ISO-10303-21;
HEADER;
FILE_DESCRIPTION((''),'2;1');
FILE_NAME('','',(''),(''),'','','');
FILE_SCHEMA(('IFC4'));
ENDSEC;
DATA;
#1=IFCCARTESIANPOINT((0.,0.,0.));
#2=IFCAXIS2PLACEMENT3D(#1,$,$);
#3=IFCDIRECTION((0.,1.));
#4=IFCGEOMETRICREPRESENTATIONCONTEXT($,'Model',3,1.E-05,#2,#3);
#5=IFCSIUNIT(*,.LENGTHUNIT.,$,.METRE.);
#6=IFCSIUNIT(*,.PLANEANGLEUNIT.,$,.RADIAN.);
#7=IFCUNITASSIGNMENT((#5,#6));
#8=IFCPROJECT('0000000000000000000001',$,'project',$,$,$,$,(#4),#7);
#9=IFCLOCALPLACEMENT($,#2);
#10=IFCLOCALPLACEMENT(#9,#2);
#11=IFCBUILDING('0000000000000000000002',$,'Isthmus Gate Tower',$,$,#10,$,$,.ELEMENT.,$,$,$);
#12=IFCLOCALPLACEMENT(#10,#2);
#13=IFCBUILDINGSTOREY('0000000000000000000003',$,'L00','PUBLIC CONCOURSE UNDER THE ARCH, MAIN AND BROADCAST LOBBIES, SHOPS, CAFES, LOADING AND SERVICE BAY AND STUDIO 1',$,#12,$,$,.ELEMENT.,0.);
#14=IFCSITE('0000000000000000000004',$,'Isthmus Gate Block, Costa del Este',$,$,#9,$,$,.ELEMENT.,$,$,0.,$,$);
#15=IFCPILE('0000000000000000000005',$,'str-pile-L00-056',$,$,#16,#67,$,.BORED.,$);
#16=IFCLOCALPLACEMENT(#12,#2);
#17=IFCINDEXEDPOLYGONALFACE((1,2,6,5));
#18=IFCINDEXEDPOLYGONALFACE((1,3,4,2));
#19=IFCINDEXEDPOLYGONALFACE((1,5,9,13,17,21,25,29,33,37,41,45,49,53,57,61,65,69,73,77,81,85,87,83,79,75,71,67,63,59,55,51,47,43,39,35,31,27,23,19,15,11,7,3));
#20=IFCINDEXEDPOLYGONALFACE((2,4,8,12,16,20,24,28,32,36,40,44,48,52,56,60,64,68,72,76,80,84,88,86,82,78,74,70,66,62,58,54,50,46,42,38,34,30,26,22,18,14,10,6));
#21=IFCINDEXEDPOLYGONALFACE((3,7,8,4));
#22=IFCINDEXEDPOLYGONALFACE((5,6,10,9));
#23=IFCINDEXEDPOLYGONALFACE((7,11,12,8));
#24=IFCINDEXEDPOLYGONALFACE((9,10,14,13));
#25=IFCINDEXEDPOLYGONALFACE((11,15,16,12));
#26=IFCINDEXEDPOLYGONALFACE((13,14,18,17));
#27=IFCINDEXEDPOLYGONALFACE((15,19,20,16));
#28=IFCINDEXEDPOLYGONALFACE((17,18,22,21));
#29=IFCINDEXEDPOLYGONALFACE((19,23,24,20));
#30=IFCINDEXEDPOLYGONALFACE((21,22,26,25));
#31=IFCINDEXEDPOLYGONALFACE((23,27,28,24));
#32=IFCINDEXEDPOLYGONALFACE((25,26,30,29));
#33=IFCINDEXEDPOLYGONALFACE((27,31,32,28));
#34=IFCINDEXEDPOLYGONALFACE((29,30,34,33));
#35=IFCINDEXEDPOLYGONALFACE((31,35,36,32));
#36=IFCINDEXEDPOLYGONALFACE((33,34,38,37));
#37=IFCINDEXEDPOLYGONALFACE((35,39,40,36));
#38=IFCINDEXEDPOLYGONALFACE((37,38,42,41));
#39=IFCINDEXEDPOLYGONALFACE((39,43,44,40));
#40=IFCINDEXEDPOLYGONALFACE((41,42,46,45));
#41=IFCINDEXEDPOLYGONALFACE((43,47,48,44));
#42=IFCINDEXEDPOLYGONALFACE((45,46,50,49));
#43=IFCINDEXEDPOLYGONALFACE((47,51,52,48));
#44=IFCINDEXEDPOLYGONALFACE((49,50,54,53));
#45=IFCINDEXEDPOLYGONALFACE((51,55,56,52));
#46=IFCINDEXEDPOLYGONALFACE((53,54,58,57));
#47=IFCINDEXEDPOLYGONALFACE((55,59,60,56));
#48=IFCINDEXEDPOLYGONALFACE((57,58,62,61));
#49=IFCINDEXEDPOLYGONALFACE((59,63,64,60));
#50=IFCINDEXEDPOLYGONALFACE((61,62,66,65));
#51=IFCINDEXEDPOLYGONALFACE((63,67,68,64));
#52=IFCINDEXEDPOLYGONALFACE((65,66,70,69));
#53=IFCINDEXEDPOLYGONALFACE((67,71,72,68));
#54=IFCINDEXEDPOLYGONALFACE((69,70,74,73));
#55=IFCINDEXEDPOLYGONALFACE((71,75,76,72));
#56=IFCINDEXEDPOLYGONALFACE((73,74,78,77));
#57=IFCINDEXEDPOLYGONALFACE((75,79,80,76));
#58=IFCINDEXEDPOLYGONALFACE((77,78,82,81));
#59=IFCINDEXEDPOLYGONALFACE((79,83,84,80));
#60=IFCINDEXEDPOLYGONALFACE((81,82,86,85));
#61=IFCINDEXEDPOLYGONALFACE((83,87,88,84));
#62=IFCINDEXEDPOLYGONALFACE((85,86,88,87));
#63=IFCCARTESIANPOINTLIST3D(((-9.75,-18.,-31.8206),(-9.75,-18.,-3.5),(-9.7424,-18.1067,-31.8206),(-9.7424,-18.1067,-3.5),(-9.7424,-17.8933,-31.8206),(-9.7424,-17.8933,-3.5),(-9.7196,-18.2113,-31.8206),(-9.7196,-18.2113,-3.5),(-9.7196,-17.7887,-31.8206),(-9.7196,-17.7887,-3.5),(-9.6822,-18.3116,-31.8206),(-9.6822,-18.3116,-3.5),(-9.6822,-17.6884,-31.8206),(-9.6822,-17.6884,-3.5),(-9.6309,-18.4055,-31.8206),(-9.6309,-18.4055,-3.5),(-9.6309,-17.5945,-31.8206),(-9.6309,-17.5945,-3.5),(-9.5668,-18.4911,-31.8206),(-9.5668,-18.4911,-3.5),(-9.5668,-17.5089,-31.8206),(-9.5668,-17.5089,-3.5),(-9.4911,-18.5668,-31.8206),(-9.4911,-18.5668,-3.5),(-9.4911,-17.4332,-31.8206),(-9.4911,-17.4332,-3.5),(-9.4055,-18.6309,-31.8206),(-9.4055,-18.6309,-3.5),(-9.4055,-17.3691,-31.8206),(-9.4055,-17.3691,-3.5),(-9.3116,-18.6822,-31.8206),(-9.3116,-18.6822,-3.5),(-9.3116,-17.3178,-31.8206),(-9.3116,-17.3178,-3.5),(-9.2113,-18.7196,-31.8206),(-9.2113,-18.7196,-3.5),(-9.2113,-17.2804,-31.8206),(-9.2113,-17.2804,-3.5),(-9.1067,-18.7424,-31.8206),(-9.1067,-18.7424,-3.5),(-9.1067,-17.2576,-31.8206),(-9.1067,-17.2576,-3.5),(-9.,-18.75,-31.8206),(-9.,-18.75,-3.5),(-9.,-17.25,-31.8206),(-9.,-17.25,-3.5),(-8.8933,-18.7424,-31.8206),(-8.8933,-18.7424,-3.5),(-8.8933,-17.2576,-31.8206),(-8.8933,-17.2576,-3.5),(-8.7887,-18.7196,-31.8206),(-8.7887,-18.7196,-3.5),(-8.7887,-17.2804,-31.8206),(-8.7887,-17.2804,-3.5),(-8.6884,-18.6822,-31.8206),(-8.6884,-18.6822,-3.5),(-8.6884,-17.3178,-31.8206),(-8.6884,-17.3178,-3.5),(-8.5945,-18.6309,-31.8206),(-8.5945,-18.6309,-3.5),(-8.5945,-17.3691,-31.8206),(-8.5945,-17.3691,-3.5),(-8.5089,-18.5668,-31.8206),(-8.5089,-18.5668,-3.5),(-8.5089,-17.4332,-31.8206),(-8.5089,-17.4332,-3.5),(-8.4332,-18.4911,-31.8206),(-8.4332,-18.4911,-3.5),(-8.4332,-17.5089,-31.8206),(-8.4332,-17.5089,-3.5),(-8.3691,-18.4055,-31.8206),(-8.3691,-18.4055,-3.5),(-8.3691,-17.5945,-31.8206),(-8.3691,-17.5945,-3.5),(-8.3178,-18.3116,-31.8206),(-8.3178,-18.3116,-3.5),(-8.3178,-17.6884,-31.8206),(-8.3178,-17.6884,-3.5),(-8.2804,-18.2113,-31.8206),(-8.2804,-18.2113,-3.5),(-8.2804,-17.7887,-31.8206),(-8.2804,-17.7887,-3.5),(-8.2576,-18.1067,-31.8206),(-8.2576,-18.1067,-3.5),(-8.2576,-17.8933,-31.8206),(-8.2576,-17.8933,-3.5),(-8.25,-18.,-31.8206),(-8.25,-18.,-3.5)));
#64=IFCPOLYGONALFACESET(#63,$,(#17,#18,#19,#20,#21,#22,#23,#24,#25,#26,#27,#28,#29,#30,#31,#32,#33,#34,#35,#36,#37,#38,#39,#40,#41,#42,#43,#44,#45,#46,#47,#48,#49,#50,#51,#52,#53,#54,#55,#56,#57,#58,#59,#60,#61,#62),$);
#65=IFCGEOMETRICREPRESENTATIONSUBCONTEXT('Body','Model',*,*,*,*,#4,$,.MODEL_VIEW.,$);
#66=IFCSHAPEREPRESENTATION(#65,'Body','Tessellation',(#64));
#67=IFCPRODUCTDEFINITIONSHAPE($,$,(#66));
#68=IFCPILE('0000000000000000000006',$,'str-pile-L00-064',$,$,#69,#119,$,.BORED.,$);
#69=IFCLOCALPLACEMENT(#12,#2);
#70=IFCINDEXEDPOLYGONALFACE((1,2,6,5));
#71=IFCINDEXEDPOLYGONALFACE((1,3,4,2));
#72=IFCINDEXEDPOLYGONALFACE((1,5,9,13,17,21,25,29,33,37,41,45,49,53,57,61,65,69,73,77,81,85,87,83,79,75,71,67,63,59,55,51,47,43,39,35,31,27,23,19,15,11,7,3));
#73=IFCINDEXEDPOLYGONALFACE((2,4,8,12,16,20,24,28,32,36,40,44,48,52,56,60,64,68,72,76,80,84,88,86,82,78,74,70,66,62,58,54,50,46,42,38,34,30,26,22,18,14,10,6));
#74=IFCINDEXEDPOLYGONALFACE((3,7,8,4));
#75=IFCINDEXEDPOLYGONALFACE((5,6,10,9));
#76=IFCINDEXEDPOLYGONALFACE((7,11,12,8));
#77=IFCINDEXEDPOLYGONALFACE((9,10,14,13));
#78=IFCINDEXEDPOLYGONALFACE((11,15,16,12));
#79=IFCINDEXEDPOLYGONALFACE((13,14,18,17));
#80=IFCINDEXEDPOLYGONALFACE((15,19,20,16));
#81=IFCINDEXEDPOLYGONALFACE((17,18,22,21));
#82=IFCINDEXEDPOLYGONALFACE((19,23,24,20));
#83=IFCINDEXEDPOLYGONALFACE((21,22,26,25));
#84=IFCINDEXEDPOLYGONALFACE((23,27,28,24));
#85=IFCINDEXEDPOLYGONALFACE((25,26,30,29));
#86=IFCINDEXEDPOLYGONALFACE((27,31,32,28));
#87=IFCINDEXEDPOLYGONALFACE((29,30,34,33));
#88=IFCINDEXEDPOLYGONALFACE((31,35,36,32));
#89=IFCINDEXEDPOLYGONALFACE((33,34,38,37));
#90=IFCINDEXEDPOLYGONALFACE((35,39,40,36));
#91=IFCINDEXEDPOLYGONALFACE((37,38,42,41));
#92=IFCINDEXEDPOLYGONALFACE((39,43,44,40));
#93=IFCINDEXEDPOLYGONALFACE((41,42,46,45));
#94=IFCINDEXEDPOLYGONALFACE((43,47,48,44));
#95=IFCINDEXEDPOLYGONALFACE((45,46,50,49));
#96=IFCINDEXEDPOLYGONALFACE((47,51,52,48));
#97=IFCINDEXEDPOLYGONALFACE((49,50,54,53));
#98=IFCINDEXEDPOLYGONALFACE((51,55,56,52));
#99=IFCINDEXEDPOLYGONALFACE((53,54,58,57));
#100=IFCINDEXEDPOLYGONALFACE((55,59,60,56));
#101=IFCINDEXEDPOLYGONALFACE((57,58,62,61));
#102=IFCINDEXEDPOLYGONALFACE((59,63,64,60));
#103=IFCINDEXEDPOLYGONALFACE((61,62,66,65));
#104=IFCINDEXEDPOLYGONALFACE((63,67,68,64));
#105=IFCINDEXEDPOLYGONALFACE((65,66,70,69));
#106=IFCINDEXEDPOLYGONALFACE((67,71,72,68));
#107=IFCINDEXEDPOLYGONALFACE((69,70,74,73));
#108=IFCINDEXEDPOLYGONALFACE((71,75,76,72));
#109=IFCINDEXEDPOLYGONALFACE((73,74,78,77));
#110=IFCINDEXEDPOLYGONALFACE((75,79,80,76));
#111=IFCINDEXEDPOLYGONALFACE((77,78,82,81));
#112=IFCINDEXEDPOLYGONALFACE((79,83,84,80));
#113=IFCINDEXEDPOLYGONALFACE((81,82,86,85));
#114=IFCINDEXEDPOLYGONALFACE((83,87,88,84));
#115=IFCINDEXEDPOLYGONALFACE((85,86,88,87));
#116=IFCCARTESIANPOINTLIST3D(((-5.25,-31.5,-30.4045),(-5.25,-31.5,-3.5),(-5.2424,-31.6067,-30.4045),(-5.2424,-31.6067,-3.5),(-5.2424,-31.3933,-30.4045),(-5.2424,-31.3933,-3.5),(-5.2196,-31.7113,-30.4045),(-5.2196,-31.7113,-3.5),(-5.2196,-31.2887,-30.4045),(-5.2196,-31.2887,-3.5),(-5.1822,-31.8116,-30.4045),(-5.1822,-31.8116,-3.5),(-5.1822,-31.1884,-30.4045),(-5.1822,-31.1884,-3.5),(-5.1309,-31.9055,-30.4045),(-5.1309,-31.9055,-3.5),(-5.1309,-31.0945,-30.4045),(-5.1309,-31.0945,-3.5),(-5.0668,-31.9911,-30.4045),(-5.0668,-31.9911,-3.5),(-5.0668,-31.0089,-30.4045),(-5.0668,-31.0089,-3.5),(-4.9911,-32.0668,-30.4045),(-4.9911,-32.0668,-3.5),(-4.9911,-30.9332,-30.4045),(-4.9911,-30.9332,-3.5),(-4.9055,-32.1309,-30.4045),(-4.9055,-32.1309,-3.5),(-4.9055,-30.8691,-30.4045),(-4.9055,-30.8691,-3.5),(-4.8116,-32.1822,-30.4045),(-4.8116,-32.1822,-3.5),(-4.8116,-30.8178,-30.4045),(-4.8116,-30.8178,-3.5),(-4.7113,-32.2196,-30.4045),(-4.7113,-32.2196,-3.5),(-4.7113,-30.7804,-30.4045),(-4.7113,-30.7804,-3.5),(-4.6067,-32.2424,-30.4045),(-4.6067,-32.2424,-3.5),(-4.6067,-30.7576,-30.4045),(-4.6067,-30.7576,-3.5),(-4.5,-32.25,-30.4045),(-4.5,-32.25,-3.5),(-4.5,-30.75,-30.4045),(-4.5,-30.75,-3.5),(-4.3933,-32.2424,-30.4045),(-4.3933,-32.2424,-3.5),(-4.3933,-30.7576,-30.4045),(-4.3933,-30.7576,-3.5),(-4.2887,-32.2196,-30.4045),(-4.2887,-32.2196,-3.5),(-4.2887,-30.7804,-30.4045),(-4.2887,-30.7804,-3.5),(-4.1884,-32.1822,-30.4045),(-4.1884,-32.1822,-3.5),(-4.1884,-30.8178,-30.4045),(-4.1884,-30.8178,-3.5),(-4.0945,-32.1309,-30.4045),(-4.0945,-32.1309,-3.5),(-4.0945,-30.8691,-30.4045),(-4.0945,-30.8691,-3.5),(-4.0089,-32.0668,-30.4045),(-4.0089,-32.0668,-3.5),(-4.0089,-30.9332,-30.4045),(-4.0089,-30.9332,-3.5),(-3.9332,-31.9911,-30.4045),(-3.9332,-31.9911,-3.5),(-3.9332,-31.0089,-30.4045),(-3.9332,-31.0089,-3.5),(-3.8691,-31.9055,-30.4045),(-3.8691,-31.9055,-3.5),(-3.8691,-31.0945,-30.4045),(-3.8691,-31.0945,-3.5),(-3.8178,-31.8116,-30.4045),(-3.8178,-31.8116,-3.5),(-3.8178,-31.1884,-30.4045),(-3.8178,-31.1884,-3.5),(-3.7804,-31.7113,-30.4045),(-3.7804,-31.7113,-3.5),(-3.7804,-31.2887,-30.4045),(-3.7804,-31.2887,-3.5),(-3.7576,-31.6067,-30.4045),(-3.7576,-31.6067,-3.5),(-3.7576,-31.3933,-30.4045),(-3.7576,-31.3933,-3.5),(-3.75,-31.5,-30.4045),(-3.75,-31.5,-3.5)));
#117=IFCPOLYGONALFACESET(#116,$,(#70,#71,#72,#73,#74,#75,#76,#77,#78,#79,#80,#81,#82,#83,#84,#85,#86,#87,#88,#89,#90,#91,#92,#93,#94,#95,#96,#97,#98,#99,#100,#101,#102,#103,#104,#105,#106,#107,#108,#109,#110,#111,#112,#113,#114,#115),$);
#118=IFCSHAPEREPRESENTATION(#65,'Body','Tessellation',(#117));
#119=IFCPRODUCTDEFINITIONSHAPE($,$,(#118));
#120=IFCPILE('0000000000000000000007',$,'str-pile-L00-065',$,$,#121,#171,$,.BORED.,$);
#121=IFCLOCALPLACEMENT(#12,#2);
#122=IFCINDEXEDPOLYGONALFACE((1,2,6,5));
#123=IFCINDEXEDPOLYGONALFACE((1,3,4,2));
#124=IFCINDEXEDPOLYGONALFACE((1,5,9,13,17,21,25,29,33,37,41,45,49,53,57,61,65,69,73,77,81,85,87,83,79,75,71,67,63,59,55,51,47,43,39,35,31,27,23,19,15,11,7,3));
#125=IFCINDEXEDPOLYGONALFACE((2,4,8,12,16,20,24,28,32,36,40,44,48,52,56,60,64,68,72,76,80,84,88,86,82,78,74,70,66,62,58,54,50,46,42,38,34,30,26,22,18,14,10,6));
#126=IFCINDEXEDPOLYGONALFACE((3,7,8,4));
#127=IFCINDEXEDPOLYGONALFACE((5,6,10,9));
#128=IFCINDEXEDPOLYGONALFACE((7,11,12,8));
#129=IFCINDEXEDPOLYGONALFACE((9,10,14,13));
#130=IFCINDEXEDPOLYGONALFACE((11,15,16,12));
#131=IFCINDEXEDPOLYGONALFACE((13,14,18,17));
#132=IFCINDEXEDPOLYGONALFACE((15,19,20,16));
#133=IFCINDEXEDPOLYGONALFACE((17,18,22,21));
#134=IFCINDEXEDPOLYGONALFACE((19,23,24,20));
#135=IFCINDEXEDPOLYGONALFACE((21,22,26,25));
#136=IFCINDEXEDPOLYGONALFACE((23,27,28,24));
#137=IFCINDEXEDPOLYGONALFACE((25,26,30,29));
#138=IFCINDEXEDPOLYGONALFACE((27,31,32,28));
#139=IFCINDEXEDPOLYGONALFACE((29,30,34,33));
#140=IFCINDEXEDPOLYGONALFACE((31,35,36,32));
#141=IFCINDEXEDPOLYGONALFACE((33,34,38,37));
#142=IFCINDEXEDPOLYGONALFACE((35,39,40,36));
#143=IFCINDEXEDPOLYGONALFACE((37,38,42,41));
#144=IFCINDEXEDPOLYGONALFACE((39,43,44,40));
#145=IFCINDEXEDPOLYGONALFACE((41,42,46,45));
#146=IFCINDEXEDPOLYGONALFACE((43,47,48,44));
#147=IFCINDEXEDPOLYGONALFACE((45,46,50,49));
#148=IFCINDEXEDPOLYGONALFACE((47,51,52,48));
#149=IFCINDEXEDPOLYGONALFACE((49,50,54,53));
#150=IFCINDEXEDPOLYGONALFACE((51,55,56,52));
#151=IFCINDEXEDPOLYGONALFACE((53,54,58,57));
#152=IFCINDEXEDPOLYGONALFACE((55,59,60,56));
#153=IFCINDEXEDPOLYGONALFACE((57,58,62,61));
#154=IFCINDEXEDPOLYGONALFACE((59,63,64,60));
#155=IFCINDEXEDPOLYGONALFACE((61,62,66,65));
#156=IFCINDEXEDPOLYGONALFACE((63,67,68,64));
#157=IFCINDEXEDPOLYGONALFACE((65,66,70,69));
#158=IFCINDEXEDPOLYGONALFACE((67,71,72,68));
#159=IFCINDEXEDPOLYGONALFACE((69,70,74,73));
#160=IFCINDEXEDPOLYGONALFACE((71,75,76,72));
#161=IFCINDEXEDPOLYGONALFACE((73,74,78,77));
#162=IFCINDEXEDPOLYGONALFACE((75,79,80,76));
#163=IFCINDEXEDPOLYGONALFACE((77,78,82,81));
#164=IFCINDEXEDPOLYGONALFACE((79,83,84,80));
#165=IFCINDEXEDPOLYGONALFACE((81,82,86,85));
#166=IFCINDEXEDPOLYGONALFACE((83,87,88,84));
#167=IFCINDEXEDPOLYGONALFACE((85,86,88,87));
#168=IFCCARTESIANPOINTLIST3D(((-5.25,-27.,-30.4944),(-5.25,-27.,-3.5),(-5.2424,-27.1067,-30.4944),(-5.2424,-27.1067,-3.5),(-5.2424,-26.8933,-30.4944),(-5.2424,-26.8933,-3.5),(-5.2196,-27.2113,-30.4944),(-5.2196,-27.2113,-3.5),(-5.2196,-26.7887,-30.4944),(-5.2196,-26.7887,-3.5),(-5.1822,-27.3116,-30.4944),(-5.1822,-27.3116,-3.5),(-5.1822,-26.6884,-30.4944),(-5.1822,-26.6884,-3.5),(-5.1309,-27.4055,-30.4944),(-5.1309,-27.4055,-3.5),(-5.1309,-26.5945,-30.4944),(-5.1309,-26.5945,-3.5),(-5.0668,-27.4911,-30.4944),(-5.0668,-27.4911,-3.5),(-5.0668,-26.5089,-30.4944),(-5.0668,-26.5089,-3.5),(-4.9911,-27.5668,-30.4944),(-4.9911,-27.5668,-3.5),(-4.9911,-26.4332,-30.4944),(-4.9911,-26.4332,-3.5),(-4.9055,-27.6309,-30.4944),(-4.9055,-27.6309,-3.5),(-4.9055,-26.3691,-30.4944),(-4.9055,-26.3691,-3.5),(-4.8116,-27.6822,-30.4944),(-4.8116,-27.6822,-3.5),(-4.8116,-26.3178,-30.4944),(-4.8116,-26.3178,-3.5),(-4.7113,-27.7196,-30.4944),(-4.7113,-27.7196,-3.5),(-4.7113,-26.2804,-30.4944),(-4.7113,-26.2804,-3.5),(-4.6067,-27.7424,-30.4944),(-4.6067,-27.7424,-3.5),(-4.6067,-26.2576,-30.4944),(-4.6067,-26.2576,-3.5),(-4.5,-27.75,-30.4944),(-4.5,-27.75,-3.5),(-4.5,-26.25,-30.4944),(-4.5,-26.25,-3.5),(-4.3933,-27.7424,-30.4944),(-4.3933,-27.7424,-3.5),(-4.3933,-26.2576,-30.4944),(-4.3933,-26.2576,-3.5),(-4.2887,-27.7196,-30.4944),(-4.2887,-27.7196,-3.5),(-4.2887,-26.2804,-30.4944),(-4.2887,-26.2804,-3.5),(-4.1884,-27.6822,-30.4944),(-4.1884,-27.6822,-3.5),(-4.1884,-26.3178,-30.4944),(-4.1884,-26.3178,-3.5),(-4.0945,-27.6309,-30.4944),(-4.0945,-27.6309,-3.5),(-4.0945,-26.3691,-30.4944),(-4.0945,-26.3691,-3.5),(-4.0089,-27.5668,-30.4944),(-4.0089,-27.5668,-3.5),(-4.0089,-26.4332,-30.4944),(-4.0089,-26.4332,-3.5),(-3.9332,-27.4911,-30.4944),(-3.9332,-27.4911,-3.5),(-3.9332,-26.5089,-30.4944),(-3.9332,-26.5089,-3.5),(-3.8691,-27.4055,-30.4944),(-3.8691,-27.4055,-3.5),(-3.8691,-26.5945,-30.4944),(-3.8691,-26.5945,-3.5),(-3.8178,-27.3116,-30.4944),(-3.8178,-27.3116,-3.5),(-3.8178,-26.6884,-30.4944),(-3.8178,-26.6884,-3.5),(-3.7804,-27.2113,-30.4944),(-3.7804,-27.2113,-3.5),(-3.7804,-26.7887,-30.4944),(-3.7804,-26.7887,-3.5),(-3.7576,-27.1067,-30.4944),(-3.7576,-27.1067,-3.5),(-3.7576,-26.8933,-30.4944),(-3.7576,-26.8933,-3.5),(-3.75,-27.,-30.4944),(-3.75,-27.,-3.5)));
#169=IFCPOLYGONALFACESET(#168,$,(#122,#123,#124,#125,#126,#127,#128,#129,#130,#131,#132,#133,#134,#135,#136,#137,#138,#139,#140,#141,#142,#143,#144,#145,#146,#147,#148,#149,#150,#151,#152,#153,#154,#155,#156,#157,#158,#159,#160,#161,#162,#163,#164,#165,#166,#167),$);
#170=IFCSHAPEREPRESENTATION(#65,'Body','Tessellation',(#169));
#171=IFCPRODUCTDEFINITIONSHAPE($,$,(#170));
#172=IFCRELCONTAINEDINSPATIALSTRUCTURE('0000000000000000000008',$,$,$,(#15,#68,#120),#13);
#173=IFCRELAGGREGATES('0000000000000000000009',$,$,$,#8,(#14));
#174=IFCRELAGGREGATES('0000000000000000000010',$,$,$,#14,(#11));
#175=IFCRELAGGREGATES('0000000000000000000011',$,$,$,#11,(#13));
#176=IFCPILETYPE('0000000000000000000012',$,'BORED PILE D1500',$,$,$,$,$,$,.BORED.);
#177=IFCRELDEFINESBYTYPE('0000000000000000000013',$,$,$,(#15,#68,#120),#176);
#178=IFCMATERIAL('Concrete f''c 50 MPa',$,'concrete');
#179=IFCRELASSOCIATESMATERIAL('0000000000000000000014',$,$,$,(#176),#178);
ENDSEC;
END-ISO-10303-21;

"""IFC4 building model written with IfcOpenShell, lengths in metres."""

from ifc_helpers import new_model, si_unit, direction, frame, origin, origin_2d, place, context, subcontext, project, spatial, circle, extrude, material, material_profile, profile_set, type_object, element, save


model = new_model("IFC4")

# Units and contexts
model_context = context("Model", 3, precision=1e-05, world=origin(), true_north=direction((0.0, 1.0)))
body_context = subcontext(model_context, "Body", "Model", "MODEL_VIEW")
ifc_project = project(units=[si_unit("LENGTHUNIT", "METRE"), si_unit("PLANEANGLEUNIT", "RADIAN")], contexts=[model_context])

# Site, building, storey
site_placement = place(None, origin())
site = spatial("IfcSite", under=ifc_project, at=site_placement, Name="Isthmus Gate Block, Costa del Este", CompositionType="ELEMENT", RefElevation=0.0)
building_placement = place(site_placement, origin())
building = spatial("IfcBuilding", under=site, at=building_placement, Name="Isthmus Gate Tower", CompositionType="ELEMENT")
storey_placement = place(building_placement, origin())
storey = spatial("IfcBuildingStorey", under=building, at=storey_placement, Name="L00", Description="PUBLIC CONCOURSE UNDER THE ARCH, MAIN AND BROADCAST LOBBIES, SHOPS, CAFES, LOADING AND SERVICE BAY AND STUDIO 1", CompositionType="ELEMENT", Elevation=0.0)

# Piles
ifc_material_1 = material(Name="Concrete f'c 50 MPa", Category="concrete")
ifc_material_profile_1 = material_profile(ifc_material_1, circle(Radius=0.75, at=origin_2d()), Name="D1500")
ifc_profile_set_1 = profile_set([ifc_material_profile_1], Name="Concrete f'c 50 MPa")
pile_type_1 = type_object("IfcPileType", Name="BORED PILE D1500", PredefinedType="BORED", material=ifc_profile_set_1)
pile_1_placement = place(storey_placement, frame((-9.0, -18.0, -3.5), z_axis=(0.0, 0.0, -1.0), x_axis=(1.0, 0.0, 0.0)))
element("IfcPile", 1, at=pile_1_placement, inside=storey, type_object=pile_type_1, Name="str-pile-L00-056", PredefinedType="BORED", context=body_context, shape_type="SweptSolid", body=[
    extrude(circle(Radius=0.75, at=origin_2d()), origin(), (0.0, 0.0, 1.0), 28.3206),
])
pile_2_placement = place(storey_placement, frame((-4.5, -31.5, -3.5), z_axis=(0.0, 0.0, -1.0), x_axis=(1.0, 0.0, 0.0)))
element("IfcPile", 2, at=pile_2_placement, inside=storey, type_object=pile_type_1, Name="str-pile-L00-064", PredefinedType="BORED", context=body_context, shape_type="SweptSolid", body=[
    extrude(circle(Radius=0.75, at=origin_2d()), origin(), (0.0, 0.0, 1.0), 26.9045),
])
pile_3_placement = place(storey_placement, frame((-4.5, -27.0, -3.5), z_axis=(0.0, 0.0, -1.0), x_axis=(1.0, 0.0, 0.0)))
element("IfcPile", 3, at=pile_3_placement, inside=storey, type_object=pile_type_1, Name="str-pile-L00-065", PredefinedType="BORED", context=body_context, shape_type="SweptSolid", body=[
    extrude(circle(Radius=0.75, at=origin_2d()), origin(), (0.0, 0.0, 1.0), 26.9944),
])

save(model, "model.ifc")
